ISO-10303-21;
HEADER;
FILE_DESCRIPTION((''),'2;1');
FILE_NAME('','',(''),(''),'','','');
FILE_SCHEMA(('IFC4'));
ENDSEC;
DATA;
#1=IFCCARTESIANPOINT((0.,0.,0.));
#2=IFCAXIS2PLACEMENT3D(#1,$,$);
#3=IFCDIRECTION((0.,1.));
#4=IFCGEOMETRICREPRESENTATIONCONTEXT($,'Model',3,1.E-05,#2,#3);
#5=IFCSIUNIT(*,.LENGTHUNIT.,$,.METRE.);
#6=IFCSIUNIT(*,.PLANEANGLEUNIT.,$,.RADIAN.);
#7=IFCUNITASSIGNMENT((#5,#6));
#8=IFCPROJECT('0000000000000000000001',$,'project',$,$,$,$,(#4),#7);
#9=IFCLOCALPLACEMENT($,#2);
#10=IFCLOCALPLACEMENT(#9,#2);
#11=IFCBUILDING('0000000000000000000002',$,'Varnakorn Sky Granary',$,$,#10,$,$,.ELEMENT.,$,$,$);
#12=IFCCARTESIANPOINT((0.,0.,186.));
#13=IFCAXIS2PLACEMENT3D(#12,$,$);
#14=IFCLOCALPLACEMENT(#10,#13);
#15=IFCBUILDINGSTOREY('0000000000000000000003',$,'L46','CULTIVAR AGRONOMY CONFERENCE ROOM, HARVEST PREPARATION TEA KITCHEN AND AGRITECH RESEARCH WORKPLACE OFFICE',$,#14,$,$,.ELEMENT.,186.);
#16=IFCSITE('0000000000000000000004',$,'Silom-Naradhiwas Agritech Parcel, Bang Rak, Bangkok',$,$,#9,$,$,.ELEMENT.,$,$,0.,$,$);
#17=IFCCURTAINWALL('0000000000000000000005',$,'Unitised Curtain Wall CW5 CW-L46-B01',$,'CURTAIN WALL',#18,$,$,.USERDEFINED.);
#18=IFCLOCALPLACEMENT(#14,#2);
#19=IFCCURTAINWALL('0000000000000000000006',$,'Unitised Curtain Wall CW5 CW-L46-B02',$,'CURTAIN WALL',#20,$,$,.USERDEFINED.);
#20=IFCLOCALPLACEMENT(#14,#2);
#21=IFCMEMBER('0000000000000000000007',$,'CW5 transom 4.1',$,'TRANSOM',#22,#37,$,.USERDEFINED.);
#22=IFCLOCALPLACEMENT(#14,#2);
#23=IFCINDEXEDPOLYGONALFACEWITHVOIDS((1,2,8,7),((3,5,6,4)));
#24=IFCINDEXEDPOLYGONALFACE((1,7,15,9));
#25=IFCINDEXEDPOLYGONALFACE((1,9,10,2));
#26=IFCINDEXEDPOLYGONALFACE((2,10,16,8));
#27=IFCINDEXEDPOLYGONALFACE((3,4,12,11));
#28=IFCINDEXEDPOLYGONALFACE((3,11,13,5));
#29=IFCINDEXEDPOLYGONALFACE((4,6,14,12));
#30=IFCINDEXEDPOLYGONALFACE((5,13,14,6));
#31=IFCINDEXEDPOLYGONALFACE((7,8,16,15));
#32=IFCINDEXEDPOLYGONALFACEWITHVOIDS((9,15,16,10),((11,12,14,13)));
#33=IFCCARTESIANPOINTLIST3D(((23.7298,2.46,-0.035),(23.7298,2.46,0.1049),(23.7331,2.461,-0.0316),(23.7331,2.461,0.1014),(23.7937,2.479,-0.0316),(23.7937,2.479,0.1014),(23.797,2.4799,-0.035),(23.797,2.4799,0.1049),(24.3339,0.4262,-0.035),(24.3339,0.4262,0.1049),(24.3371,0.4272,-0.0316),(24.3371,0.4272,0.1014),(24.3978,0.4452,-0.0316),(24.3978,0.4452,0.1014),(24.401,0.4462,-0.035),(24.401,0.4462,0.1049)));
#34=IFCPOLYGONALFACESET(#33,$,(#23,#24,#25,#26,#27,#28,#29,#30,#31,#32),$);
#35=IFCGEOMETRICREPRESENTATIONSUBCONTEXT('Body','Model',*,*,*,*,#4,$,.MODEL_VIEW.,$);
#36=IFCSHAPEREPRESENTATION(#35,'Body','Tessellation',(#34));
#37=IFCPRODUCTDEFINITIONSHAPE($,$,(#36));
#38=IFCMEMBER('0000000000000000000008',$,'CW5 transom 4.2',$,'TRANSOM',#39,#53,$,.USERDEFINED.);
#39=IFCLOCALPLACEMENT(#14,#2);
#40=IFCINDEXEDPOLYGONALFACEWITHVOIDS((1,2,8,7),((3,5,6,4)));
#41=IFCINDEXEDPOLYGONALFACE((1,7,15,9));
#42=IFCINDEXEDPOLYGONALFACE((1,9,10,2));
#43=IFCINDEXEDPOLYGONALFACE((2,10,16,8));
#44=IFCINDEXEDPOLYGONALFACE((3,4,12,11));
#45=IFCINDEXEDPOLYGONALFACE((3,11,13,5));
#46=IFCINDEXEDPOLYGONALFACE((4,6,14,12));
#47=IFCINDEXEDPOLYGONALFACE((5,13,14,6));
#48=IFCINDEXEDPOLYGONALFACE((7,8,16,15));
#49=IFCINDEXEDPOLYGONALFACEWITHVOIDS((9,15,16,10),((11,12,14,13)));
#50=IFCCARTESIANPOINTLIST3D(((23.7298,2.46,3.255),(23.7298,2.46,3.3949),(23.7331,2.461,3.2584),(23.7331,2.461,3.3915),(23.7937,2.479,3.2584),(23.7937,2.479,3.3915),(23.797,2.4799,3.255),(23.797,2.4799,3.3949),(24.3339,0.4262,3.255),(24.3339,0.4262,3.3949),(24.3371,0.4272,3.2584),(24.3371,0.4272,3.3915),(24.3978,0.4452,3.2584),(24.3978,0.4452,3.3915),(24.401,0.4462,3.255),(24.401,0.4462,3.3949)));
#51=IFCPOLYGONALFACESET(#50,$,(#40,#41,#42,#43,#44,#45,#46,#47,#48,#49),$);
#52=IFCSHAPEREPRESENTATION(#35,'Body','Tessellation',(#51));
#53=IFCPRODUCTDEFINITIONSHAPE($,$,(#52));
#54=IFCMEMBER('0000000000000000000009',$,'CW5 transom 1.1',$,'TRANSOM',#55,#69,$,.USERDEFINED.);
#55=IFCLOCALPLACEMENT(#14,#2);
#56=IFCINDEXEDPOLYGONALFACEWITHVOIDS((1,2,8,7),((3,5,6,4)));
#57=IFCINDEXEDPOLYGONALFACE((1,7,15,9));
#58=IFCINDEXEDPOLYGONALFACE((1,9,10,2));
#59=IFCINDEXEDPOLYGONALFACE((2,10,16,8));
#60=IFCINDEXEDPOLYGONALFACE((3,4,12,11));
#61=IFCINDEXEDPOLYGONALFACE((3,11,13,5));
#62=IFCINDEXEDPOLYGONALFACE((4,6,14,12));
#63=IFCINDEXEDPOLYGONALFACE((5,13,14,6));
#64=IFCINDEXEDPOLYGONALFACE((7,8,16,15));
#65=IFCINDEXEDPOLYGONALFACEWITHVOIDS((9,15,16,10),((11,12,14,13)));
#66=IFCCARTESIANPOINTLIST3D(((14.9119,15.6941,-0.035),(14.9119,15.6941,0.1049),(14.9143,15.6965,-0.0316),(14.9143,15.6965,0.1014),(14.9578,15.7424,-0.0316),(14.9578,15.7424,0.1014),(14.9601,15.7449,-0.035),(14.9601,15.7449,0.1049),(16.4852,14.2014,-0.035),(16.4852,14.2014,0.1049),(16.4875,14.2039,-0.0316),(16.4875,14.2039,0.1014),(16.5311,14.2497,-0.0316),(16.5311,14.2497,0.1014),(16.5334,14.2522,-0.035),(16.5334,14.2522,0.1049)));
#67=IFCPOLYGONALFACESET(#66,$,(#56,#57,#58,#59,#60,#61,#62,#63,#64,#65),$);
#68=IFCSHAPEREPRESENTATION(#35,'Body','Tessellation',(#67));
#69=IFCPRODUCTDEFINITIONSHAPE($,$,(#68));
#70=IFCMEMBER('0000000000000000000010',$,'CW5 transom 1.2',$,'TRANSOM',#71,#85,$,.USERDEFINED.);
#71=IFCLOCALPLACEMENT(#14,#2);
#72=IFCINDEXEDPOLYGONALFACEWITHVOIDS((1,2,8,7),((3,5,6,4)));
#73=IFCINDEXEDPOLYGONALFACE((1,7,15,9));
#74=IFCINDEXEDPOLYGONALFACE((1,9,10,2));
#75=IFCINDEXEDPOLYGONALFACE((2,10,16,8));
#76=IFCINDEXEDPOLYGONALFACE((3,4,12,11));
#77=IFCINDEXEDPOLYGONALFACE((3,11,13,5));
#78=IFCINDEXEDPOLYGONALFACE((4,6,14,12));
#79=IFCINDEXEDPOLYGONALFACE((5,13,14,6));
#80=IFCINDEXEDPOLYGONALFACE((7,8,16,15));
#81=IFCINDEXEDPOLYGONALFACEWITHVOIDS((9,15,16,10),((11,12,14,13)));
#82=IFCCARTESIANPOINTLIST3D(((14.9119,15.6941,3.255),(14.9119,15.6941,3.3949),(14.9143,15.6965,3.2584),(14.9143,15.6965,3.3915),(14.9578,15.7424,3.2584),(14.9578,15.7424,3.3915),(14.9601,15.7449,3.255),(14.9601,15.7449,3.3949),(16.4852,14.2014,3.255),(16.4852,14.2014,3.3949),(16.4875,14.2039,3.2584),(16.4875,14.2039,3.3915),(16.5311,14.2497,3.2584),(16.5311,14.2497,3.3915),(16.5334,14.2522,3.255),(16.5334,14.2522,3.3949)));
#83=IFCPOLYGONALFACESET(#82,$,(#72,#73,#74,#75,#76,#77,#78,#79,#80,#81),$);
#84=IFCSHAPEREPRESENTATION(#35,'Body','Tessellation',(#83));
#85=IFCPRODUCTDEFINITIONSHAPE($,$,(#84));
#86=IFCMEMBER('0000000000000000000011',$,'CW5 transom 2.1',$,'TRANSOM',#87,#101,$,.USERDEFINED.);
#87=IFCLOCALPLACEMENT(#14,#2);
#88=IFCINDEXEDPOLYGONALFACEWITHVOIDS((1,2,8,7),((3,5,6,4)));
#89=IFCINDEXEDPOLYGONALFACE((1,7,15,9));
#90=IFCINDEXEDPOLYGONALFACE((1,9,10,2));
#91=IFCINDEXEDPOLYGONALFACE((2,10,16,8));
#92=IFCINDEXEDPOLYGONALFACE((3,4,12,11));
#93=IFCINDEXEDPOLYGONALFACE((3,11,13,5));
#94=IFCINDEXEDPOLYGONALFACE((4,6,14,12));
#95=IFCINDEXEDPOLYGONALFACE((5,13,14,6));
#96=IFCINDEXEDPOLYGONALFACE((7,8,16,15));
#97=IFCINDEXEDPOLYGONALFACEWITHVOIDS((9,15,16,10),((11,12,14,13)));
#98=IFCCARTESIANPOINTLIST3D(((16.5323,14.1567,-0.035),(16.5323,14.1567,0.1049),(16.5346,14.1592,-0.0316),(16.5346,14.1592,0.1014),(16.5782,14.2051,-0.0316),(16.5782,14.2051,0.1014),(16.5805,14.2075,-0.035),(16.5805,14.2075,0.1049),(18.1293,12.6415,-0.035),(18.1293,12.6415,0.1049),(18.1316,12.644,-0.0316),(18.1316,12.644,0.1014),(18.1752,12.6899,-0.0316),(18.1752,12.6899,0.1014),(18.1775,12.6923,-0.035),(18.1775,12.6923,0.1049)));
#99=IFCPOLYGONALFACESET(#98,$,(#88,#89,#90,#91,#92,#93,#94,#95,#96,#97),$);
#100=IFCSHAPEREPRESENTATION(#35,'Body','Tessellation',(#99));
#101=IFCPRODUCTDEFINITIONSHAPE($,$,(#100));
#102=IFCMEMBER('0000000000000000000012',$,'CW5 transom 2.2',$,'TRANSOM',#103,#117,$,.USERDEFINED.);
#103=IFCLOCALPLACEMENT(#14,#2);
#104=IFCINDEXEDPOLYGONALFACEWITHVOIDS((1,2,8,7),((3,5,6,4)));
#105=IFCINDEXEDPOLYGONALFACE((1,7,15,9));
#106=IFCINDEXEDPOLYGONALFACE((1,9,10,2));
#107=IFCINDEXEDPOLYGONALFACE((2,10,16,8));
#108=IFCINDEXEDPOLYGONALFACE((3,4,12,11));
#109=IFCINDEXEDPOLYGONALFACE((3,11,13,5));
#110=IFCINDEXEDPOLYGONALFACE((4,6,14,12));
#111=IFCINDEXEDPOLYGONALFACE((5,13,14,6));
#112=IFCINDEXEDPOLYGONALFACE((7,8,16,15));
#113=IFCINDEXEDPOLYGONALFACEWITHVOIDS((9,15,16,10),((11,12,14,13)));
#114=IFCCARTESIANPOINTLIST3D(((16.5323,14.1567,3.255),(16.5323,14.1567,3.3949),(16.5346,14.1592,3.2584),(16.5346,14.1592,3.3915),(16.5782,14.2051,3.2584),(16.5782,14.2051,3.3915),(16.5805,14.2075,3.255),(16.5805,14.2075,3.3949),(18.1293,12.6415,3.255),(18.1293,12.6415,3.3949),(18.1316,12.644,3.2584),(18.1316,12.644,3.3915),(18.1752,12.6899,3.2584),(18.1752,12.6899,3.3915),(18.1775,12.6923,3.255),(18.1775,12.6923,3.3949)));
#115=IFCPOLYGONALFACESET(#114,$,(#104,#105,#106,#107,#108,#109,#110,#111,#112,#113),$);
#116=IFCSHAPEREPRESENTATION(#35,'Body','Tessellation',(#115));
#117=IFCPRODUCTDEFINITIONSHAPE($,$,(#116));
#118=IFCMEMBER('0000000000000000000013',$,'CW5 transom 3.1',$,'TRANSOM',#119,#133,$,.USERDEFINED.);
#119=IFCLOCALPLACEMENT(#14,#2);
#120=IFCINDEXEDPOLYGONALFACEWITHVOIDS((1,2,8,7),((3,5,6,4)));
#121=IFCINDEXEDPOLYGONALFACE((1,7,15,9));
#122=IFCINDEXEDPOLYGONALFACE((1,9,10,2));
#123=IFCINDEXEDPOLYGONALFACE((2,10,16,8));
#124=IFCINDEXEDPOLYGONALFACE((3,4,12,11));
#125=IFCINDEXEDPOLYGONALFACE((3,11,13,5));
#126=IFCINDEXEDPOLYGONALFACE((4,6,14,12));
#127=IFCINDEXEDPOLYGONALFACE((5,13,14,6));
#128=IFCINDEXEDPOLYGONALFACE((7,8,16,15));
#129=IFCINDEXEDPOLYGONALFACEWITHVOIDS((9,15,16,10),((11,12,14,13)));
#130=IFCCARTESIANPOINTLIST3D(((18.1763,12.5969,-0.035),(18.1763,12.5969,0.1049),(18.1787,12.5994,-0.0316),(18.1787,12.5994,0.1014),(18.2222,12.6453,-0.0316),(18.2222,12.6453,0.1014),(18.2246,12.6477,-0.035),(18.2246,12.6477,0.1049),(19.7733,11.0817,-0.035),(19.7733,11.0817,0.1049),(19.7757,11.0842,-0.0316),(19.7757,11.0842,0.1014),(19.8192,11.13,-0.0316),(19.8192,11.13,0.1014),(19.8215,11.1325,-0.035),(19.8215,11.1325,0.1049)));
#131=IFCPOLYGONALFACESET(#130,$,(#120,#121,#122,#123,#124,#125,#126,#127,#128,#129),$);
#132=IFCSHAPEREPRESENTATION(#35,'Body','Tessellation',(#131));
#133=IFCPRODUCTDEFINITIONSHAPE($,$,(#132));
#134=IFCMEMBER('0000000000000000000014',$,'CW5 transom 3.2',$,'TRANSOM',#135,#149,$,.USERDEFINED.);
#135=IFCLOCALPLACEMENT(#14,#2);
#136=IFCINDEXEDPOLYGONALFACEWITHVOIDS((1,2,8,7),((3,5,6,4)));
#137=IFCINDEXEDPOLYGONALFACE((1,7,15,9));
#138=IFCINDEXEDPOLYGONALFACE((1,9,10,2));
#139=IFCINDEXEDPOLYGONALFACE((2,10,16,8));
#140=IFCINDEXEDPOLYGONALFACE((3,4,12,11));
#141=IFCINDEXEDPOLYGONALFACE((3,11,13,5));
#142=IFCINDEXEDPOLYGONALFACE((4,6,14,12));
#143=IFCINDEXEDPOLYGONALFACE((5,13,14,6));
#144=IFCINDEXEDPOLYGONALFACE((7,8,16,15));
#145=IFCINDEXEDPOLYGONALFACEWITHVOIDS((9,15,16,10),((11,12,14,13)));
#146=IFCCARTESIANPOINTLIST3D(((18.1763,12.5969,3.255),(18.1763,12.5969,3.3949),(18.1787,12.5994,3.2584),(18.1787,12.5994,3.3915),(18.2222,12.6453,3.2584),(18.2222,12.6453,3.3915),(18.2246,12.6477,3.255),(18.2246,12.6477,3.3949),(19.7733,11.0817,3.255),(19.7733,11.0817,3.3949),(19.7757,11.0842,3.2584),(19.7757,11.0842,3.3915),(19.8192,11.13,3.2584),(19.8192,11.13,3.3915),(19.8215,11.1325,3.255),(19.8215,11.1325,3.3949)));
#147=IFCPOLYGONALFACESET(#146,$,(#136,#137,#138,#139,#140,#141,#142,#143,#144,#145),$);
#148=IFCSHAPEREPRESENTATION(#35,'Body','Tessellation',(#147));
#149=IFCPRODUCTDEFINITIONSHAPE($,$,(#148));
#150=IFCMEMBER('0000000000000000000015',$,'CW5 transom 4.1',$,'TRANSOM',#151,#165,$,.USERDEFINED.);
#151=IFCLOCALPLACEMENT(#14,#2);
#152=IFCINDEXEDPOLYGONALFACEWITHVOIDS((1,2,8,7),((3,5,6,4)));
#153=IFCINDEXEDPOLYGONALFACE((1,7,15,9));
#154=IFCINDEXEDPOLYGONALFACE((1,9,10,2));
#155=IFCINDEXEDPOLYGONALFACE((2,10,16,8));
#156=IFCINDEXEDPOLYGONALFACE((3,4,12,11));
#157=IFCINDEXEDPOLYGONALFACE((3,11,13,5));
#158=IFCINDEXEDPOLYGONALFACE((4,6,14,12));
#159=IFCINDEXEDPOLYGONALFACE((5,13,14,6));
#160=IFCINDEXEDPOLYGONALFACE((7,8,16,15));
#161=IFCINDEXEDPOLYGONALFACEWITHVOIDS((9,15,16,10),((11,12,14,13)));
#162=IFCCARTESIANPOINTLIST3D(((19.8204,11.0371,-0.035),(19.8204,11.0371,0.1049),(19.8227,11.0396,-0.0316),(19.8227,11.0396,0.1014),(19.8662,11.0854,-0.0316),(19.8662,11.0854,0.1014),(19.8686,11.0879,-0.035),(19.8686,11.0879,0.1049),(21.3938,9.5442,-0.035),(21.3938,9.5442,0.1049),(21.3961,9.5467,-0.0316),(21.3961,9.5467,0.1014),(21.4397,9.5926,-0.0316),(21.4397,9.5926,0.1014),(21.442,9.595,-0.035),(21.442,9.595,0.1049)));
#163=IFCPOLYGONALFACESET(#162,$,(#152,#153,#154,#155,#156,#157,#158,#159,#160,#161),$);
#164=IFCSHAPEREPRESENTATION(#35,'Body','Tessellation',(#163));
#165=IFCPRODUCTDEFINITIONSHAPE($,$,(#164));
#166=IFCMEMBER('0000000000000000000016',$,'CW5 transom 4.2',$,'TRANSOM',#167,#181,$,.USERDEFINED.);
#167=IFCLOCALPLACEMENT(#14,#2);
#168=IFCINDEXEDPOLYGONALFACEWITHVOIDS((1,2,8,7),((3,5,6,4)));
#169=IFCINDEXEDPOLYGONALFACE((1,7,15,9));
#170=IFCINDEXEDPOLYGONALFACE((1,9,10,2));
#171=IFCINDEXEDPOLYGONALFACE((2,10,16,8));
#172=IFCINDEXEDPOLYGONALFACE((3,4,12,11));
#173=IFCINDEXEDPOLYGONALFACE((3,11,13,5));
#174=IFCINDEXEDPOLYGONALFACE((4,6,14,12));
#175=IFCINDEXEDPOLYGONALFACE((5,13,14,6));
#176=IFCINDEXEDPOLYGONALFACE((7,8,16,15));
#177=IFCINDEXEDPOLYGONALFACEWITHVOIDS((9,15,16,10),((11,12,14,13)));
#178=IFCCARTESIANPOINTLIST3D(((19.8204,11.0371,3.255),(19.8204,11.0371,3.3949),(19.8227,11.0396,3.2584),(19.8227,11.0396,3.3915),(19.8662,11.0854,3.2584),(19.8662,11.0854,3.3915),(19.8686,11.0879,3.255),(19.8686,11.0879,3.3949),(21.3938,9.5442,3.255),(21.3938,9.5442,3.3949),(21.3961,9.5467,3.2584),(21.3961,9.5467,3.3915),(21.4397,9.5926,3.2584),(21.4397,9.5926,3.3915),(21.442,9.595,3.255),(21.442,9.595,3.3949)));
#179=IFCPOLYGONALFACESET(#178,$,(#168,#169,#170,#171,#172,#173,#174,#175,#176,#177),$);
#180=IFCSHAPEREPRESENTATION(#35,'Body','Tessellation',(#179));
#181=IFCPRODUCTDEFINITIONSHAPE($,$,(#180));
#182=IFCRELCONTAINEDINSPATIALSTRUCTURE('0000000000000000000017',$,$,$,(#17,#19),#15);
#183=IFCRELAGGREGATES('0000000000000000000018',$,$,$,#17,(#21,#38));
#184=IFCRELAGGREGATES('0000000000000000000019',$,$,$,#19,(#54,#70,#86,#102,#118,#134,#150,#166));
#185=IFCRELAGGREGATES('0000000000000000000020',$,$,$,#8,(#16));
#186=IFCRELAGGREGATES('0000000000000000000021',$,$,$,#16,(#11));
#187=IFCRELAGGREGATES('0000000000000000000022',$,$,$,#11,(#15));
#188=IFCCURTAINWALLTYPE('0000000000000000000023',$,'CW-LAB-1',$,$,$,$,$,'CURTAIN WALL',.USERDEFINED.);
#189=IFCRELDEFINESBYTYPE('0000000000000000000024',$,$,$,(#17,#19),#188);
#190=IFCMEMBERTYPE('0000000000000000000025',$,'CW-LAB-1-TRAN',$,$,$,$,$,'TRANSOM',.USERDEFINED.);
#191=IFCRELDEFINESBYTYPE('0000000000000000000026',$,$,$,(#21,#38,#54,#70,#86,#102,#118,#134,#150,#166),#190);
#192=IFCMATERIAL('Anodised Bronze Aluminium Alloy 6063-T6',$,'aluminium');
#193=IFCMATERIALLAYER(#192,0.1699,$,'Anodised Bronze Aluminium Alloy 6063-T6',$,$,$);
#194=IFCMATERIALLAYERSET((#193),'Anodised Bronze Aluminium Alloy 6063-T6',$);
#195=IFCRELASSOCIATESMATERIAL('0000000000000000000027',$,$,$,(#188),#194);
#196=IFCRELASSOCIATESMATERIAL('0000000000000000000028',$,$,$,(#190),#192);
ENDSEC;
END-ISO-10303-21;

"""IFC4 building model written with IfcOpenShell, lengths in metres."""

from ifc_helpers import new_model, si_unit, direction, frame, origin, origin_2d, place, context, subcontext, project, spatial, hollow_rectangle, extrude, material, layer, layer_set, material_profile, profile_set, type_object, element, aggregate, save


model = new_model("IFC4")

# Units and contexts
model_context = context("Model", 3, precision=1e-05, world=origin(), true_north=direction((0.0, 1.0)))
body_context = subcontext(model_context, "Body", "Model", "MODEL_VIEW")
ifc_project = project(units=[si_unit("LENGTHUNIT", "METRE"), si_unit("PLANEANGLEUNIT", "RADIAN")], contexts=[model_context])

# Site, building, storey
site_placement = place(None, origin())
site = spatial("IfcSite", under=ifc_project, at=site_placement, Name="Silom-Naradhiwas Agritech Parcel, Bang Rak, Bangkok", CompositionType="ELEMENT", RefElevation=0.0)
building_placement = place(site_placement, origin())
building = spatial("IfcBuilding", under=site, at=building_placement, Name="Varnakorn Sky Granary", CompositionType="ELEMENT")
storey_placement = place(building_placement, frame((0.0, 0.0, 186.0)))
storey = spatial("IfcBuildingStorey", under=building, at=storey_placement, Name="L46", Description="CULTIVAR AGRONOMY CONFERENCE ROOM, HARVEST PREPARATION TEA KITCHEN AND AGRITECH RESEARCH WORKPLACE OFFICE", CompositionType="ELEMENT", Elevation=186.0)

# Curtain walls
ifc_material_1 = material(Name="Anodised Bronze Aluminium Alloy 6063-T6", Category="aluminium")
ifc_layer_1 = layer(ifc_material_1, 0.1699, Name="Anodised Bronze Aluminium Alloy 6063-T6")
ifc_layer_set_1 = layer_set([ifc_layer_1], Name="Anodised Bronze Aluminium Alloy 6063-T6")
curtain_wall_type = type_object("IfcCurtainWallType", Name="CW-LAB-1", ElementType="CURTAIN WALL", PredefinedType="USERDEFINED", material=ifc_layer_set_1)
curtain_wall_1_placement = place(storey_placement, origin())
curtain_wall_1 = element("IfcCurtainWall", 1, at=curtain_wall_1_placement, inside=storey, type_object=curtain_wall_type, Name="Unitised Curtain Wall CW5 CW-L46-B01", ObjectType="CURTAIN WALL", PredefinedType="USERDEFINED")
curtain_wall_2_placement = place(storey_placement, origin())
curtain_wall_2 = element("IfcCurtainWall", 2, at=curtain_wall_2_placement, inside=storey, type_object=curtain_wall_type, Name="Unitised Curtain Wall CW5 CW-L46-B02", ObjectType="CURTAIN WALL", PredefinedType="USERDEFINED")

# Members
ifc_material_profile_1 = material_profile(ifc_material_1, hollow_rectangle(XDim=0.0701, YDim=0.1399, WallThickness=0.0034, at=origin_2d()), Name="ALU TRAN 70x140")
ifc_profile_set_1 = profile_set([ifc_material_profile_1], Name="Anodised Bronze Aluminium Alloy 6063-T6")
member_type_1 = type_object("IfcMemberType", Name="CW-LAB-1-TRAN", ElementType="TRANSOM", PredefinedType="USERDEFINED", material=ifc_profile_set_1)
member_1_placement = place(storey_placement, frame((23.7634, 2.47, 0.0349), z_axis=(0.284707, -0.958614, 0.0), x_axis=(0.958614, 0.284707, 0.0)))
member_1 = element("IfcMember", 3, at=member_1_placement, type_object=member_type_1, Name="CW5 transom 4.1", ObjectType="TRANSOM", PredefinedType="USERDEFINED", context=body_context, shape_type="SweptSolid", body=[
    extrude(hollow_rectangle(XDim=0.0701, YDim=0.1399, WallThickness=0.0034, at=origin_2d()), origin(), (0.0, 0.0, 1.0), 2.1216),
])
member_2_placement = place(storey_placement, frame((23.7634, 2.47, 3.325), z_axis=(0.284707, -0.958614, 0.0), x_axis=(0.958614, 0.284707, 0.0)))
member_2 = element("IfcMember", 4, at=member_2_placement, type_object=member_type_1, Name="CW5 transom 4.2", ObjectType="TRANSOM", PredefinedType="USERDEFINED", context=body_context, shape_type="SweptSolid", body=[
    extrude(hollow_rectangle(XDim=0.0701, YDim=0.1399, WallThickness=0.0034, at=origin_2d()), origin(), (0.0, 0.0, 1.0), 2.1216),
])
member_3_placement = place(storey_placement, frame((14.936, 15.7195, 0.0349), z_axis=(0.725438, -0.688288, 0.0), x_axis=(0.688288, 0.725438, 0.0)))
member_3 = element("IfcMember", 5, at=member_3_placement, type_object=member_type_1, Name="CW5 transom 1.1", ObjectType="TRANSOM", PredefinedType="USERDEFINED", context=body_context, shape_type="SweptSolid", body=[
    extrude(hollow_rectangle(XDim=0.0701, YDim=0.1399, WallThickness=0.0034, at=origin_2d()), origin(), (0.0, 0.0, 1.0), 2.1687),
])
member_4_placement = place(storey_placement, frame((14.936, 15.7195, 3.325), z_axis=(0.725438, -0.688288, 0.0), x_axis=(0.688288, 0.725438, 0.0)))
member_4 = element("IfcMember", 6, at=member_4_placement, type_object=member_type_1, Name="CW5 transom 1.2", ObjectType="TRANSOM", PredefinedType="USERDEFINED", context=body_context, shape_type="SweptSolid", body=[
    extrude(hollow_rectangle(XDim=0.0701, YDim=0.1399, WallThickness=0.0034, at=origin_2d()), origin(), (0.0, 0.0, 1.0), 2.1687),
])
member_5_placement = place(storey_placement, frame((16.5564, 14.1821, 0.0349), z_axis=(0.72544, -0.688286, 0.0), x_axis=(0.688286, 0.72544, 0.0)))
member_5 = element("IfcMember", 7, at=member_5_placement, type_object=member_type_1, Name="CW5 transom 2.1", ObjectType="TRANSOM", PredefinedType="USERDEFINED", context=body_context, shape_type="SweptSolid", body=[
    extrude(hollow_rectangle(XDim=0.0701, YDim=0.1399, WallThickness=0.0034, at=origin_2d()), origin(), (0.0, 0.0, 1.0), 2.2014),
])
member_6_placement = place(storey_placement, frame((16.5564, 14.1821, 3.325), z_axis=(0.72544, -0.688286, 0.0), x_axis=(0.688286, 0.72544, 0.0)))
member_6 = element("IfcMember", 8, at=member_6_placement, type_object=member_type_1, Name="CW5 transom 2.2", ObjectType="TRANSOM", PredefinedType="USERDEFINED", context=body_context, shape_type="SweptSolid", body=[
    extrude(hollow_rectangle(XDim=0.0701, YDim=0.1399, WallThickness=0.0034, at=origin_2d()), origin(), (0.0, 0.0, 1.0), 2.2014),
])
member_7_placement = place(storey_placement, frame((18.2004, 12.6223, 0.0349), z_axis=(0.72544, -0.688286, 0.0), x_axis=(0.688286, 0.72544, 0.0)))
member_7 = element("IfcMember", 9, at=member_7_placement, type_object=member_type_1, Name="CW5 transom 3.1", ObjectType="TRANSOM", PredefinedType="USERDEFINED", context=body_context, shape_type="SweptSolid", body=[
    extrude(hollow_rectangle(XDim=0.0701, YDim=0.1399, WallThickness=0.0034, at=origin_2d()), origin(), (0.0, 0.0, 1.0), 2.2014),
])
member_8_placement = place(storey_placement, frame((18.2004, 12.6223, 3.325), z_axis=(0.72544, -0.688286, 0.0), x_axis=(0.688286, 0.72544, 0.0)))
member_8 = element("IfcMember", 10, at=member_8_placement, type_object=member_type_1, Name="CW5 transom 3.2", ObjectType="TRANSOM", PredefinedType="USERDEFINED", context=body_context, shape_type="SweptSolid", body=[
    extrude(hollow_rectangle(XDim=0.0701, YDim=0.1399, WallThickness=0.0034, at=origin_2d()), origin(), (0.0, 0.0, 1.0), 2.2014),
])
member_9_placement = place(storey_placement, frame((19.8445, 11.0625, 0.0349), z_axis=(0.725435, -0.688291, 0.0), x_axis=(0.688291, 0.725435, 0.0)))
member_9 = element("IfcMember", 11, at=member_9_placement, type_object=member_type_1, Name="CW5 transom 4.1", ObjectType="TRANSOM", PredefinedType="USERDEFINED", context=body_context, shape_type="SweptSolid", body=[
    extrude(hollow_rectangle(XDim=0.0701, YDim=0.1399, WallThickness=0.0034, at=origin_2d()), origin(), (0.0, 0.0, 1.0), 2.1689),
])
member_10_placement = place(storey_placement, frame((19.8445, 11.0625, 3.325), z_axis=(0.725435, -0.688291, 0.0), x_axis=(0.688291, 0.725435, 0.0)))
member_10 = element("IfcMember", 12, at=member_10_placement, type_object=member_type_1, Name="CW5 transom 4.2", ObjectType="TRANSOM", PredefinedType="USERDEFINED", context=body_context, shape_type="SweptSolid", body=[
    extrude(hollow_rectangle(XDim=0.0701, YDim=0.1399, WallThickness=0.0034, at=origin_2d()), origin(), (0.0, 0.0, 1.0), 2.1689),
])

aggregate(curtain_wall_1, [member_1, member_2])
aggregate(curtain_wall_2, [member_3, member_4, member_5, member_6, member_7, member_8, member_9, member_10])

save(model, "model.ifc")
